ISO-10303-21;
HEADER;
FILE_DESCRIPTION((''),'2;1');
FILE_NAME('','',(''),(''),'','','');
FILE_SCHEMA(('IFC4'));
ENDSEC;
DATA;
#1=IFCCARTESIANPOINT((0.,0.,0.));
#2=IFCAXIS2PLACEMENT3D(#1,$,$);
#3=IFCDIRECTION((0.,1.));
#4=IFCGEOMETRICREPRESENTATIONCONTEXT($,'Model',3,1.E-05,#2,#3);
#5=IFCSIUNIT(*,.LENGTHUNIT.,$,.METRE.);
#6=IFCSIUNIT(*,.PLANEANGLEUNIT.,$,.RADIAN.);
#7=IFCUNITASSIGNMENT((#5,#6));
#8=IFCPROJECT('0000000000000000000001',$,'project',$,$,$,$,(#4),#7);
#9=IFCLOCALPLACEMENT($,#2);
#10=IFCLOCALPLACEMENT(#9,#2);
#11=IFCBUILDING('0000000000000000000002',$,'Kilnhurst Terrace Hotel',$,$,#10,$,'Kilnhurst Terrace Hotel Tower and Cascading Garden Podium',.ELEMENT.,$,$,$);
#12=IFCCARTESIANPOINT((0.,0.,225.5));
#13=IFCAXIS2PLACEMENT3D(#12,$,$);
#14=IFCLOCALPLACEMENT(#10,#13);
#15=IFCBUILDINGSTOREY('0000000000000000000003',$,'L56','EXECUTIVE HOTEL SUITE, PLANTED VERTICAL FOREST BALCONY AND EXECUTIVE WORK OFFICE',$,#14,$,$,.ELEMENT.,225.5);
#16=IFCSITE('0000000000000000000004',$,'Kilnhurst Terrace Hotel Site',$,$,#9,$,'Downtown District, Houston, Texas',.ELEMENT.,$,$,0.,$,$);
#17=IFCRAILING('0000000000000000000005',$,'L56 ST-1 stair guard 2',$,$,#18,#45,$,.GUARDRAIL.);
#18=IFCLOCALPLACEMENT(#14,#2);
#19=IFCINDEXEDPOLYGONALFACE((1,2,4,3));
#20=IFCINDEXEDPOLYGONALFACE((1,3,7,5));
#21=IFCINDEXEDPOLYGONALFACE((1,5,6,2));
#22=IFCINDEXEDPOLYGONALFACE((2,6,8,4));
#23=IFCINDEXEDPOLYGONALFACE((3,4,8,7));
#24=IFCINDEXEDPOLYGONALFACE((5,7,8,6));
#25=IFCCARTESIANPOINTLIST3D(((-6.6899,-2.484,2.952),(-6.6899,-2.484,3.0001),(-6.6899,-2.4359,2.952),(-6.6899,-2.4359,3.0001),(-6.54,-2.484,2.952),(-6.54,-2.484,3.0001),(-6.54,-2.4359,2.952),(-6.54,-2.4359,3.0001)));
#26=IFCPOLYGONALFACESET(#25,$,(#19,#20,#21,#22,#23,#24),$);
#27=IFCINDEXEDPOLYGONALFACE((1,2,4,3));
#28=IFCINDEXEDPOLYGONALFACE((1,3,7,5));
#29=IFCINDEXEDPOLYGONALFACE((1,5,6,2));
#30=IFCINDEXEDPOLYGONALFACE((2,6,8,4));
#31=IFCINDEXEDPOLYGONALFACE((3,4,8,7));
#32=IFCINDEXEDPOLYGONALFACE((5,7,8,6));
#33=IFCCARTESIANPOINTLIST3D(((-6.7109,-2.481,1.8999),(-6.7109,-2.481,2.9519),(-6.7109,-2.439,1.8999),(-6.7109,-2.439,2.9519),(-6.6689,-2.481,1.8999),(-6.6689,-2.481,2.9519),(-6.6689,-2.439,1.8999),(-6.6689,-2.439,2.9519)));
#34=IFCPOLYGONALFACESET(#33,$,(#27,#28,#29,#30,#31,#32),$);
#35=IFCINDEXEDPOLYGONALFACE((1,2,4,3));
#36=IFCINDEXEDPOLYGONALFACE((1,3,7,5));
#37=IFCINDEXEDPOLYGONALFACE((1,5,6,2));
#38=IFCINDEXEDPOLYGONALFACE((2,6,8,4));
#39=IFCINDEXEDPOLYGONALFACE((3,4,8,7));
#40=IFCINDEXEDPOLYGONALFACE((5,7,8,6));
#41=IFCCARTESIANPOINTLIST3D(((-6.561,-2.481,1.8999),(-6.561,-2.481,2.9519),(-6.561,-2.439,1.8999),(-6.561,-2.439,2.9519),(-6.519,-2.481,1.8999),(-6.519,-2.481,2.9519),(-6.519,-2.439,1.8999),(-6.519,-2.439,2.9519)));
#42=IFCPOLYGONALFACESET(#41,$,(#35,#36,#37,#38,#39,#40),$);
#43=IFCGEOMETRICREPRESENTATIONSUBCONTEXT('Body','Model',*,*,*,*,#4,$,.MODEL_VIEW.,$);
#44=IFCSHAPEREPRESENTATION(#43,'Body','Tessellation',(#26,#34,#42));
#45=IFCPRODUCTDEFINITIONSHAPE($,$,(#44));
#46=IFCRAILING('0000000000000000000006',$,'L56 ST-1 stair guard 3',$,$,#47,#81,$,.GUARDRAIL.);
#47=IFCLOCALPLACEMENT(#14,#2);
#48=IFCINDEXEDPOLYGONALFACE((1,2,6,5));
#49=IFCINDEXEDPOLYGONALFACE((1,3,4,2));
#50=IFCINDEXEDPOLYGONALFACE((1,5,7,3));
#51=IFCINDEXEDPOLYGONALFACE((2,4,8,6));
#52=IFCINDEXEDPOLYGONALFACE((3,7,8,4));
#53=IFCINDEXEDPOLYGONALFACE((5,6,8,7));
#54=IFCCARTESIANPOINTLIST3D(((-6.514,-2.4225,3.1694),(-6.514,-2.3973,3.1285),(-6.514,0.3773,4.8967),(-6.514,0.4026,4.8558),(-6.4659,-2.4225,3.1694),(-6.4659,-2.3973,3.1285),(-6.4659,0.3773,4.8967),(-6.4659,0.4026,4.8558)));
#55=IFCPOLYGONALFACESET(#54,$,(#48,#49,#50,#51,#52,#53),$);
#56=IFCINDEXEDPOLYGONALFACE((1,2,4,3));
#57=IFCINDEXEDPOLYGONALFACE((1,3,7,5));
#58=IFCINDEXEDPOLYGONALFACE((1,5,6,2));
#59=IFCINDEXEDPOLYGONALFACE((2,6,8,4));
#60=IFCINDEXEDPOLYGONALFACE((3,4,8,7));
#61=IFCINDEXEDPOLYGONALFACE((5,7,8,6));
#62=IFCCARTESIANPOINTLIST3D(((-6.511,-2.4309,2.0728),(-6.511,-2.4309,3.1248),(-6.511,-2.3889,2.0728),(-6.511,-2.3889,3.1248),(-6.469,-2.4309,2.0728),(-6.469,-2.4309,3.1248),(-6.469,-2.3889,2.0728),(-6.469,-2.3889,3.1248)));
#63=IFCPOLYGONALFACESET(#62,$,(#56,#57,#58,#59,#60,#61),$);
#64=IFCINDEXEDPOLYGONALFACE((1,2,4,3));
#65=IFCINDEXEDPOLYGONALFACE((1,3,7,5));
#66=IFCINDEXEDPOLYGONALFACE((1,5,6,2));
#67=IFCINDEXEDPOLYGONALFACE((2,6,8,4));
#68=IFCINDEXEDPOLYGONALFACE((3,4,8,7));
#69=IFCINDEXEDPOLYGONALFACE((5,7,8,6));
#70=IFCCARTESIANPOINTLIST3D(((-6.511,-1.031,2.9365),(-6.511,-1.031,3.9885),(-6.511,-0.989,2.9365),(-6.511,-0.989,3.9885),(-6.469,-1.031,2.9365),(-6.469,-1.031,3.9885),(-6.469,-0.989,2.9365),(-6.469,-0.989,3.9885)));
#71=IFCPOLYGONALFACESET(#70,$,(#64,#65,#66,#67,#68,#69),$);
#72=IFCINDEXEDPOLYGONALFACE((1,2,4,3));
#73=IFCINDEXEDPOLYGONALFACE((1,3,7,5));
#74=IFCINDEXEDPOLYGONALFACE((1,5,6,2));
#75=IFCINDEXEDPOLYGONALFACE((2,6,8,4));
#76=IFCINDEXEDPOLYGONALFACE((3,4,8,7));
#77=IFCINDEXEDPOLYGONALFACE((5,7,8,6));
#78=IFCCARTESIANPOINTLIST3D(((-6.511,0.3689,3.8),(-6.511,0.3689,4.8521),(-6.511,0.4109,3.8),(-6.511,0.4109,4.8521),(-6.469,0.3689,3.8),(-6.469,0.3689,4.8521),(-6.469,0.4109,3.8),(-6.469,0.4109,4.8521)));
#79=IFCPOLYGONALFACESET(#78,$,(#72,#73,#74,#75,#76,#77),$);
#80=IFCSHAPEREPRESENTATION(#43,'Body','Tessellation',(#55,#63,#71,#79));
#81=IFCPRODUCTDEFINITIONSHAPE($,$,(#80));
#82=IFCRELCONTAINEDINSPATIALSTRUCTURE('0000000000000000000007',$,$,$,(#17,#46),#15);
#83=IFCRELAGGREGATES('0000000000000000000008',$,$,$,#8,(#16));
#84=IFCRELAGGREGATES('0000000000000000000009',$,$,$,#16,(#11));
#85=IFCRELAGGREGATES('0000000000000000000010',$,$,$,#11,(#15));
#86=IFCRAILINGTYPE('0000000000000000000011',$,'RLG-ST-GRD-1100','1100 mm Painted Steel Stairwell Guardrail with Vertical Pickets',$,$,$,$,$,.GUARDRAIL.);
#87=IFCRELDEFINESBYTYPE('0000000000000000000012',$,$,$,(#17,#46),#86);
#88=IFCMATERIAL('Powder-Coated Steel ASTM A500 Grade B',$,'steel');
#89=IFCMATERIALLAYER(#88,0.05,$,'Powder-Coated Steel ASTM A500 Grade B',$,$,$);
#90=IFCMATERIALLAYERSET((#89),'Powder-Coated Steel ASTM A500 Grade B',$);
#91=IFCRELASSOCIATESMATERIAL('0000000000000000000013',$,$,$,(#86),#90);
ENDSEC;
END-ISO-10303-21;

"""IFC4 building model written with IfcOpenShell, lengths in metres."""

from ifc_helpers import new_model, si_unit, direction, frame, origin, origin_2d, place, context, subcontext, project, spatial, rectangle, extrude, material, layer, layer_set, type_object, element, save


model = new_model("IFC4")

# Units and contexts
model_context = context("Model", 3, precision=1e-05, world=origin(), true_north=direction((0.0, 1.0)))
body_context = subcontext(model_context, "Body", "Model", "MODEL_VIEW")
ifc_project = project(units=[si_unit("LENGTHUNIT", "METRE"), si_unit("PLANEANGLEUNIT", "RADIAN")], contexts=[model_context])

# Site, building, storey
site_placement = place(None, origin())
site = spatial("IfcSite", under=ifc_project, at=site_placement, Name="Kilnhurst Terrace Hotel Site", LongName="Downtown District, Houston, Texas", CompositionType="ELEMENT", RefElevation=0.0)
building_placement = place(site_placement, origin())
building = spatial("IfcBuilding", under=site, at=building_placement, Name="Kilnhurst Terrace Hotel", LongName="Kilnhurst Terrace Hotel Tower and Cascading Garden Podium", CompositionType="ELEMENT")
storey_placement = place(building_placement, frame((0.0, 0.0, 225.5)))
storey = spatial("IfcBuildingStorey", under=building, at=storey_placement, Name="L56", Description="EXECUTIVE HOTEL SUITE, PLANTED VERTICAL FOREST BALCONY AND EXECUTIVE WORK OFFICE", CompositionType="ELEMENT", Elevation=225.5)

# Railings
ifc_material_1 = material(Name="Powder-Coated Steel ASTM A500 Grade B", Category="steel")
ifc_layer_1 = layer(ifc_material_1, 0.05, Name="Powder-Coated Steel ASTM A500 Grade B")
ifc_layer_set_1 = layer_set([ifc_layer_1], Name="Powder-Coated Steel ASTM A500 Grade B")
railing_type = type_object("IfcRailingType", Name="RLG-ST-GRD-1100", Description="1100 mm Painted Steel Stairwell Guardrail with Vertical Pickets", PredefinedType="GUARDRAIL", material=ifc_layer_set_1)
railing_1_placement = place(storey_placement, frame((-6.6899, -2.46, 1.8999)))
element("IfcRailing", 1, at=railing_1_placement, inside=storey, type_object=railing_type, Name="L56 ST-1 stair guard 2", PredefinedType="GUARDRAIL", context=body_context, shape_type="SweptSolid", body=[
    extrude(rectangle(XDim=0.0481, YDim=0.0481, at=origin_2d()), frame((0.0, 0.0, 1.0762), z_axis=(1.0, 0.0, 0.0), x_axis=(0.0, 1.0, 0.0)), (0.0, 0.0, 1.0), 0.1499),
    extrude(rectangle(XDim=0.042, YDim=0.042, at=origin_2d()), origin(), (0.0, 0.0, 1.0), 1.052),
    extrude(rectangle(XDim=0.042, YDim=0.042, at=origin_2d()), frame((0.1499, 0.0, 0.0)), (0.0, 0.0, 1.0), 1.052),
])
railing_2_placement = place(storey_placement, frame((-6.49, -2.4099, 2.0728)))
element("IfcRailing", 2, at=railing_2_placement, inside=storey, type_object=railing_type, Name="L56 ST-1 stair guard 3", PredefinedType="GUARDRAIL", context=body_context, shape_type="SweptSolid", body=[
    extrude(rectangle(XDim=0.0481, YDim=0.0481, at=origin_2d()), frame((0.0, 0.0, 1.0762), z_axis=(0.0, 0.851069, 0.525054), x_axis=(-1.0, 0.0, 0.0)), (0.0, 0.0, 1.0), 3.2898),
    extrude(rectangle(XDim=0.042, YDim=0.042, at=origin_2d()), origin(), (0.0, 0.0, 1.0), 1.052),
    extrude(rectangle(XDim=0.042, YDim=0.042, at=origin_2d()), frame((0.0, 1.3999, 0.8638)), (0.0, 0.0, 1.0), 1.052),
    extrude(rectangle(XDim=0.042, YDim=0.042, at=origin_2d()), frame((0.0, 2.7998, 1.7273)), (0.0, 0.0, 1.0), 1.052),
])

save(model, "model.ifc")
